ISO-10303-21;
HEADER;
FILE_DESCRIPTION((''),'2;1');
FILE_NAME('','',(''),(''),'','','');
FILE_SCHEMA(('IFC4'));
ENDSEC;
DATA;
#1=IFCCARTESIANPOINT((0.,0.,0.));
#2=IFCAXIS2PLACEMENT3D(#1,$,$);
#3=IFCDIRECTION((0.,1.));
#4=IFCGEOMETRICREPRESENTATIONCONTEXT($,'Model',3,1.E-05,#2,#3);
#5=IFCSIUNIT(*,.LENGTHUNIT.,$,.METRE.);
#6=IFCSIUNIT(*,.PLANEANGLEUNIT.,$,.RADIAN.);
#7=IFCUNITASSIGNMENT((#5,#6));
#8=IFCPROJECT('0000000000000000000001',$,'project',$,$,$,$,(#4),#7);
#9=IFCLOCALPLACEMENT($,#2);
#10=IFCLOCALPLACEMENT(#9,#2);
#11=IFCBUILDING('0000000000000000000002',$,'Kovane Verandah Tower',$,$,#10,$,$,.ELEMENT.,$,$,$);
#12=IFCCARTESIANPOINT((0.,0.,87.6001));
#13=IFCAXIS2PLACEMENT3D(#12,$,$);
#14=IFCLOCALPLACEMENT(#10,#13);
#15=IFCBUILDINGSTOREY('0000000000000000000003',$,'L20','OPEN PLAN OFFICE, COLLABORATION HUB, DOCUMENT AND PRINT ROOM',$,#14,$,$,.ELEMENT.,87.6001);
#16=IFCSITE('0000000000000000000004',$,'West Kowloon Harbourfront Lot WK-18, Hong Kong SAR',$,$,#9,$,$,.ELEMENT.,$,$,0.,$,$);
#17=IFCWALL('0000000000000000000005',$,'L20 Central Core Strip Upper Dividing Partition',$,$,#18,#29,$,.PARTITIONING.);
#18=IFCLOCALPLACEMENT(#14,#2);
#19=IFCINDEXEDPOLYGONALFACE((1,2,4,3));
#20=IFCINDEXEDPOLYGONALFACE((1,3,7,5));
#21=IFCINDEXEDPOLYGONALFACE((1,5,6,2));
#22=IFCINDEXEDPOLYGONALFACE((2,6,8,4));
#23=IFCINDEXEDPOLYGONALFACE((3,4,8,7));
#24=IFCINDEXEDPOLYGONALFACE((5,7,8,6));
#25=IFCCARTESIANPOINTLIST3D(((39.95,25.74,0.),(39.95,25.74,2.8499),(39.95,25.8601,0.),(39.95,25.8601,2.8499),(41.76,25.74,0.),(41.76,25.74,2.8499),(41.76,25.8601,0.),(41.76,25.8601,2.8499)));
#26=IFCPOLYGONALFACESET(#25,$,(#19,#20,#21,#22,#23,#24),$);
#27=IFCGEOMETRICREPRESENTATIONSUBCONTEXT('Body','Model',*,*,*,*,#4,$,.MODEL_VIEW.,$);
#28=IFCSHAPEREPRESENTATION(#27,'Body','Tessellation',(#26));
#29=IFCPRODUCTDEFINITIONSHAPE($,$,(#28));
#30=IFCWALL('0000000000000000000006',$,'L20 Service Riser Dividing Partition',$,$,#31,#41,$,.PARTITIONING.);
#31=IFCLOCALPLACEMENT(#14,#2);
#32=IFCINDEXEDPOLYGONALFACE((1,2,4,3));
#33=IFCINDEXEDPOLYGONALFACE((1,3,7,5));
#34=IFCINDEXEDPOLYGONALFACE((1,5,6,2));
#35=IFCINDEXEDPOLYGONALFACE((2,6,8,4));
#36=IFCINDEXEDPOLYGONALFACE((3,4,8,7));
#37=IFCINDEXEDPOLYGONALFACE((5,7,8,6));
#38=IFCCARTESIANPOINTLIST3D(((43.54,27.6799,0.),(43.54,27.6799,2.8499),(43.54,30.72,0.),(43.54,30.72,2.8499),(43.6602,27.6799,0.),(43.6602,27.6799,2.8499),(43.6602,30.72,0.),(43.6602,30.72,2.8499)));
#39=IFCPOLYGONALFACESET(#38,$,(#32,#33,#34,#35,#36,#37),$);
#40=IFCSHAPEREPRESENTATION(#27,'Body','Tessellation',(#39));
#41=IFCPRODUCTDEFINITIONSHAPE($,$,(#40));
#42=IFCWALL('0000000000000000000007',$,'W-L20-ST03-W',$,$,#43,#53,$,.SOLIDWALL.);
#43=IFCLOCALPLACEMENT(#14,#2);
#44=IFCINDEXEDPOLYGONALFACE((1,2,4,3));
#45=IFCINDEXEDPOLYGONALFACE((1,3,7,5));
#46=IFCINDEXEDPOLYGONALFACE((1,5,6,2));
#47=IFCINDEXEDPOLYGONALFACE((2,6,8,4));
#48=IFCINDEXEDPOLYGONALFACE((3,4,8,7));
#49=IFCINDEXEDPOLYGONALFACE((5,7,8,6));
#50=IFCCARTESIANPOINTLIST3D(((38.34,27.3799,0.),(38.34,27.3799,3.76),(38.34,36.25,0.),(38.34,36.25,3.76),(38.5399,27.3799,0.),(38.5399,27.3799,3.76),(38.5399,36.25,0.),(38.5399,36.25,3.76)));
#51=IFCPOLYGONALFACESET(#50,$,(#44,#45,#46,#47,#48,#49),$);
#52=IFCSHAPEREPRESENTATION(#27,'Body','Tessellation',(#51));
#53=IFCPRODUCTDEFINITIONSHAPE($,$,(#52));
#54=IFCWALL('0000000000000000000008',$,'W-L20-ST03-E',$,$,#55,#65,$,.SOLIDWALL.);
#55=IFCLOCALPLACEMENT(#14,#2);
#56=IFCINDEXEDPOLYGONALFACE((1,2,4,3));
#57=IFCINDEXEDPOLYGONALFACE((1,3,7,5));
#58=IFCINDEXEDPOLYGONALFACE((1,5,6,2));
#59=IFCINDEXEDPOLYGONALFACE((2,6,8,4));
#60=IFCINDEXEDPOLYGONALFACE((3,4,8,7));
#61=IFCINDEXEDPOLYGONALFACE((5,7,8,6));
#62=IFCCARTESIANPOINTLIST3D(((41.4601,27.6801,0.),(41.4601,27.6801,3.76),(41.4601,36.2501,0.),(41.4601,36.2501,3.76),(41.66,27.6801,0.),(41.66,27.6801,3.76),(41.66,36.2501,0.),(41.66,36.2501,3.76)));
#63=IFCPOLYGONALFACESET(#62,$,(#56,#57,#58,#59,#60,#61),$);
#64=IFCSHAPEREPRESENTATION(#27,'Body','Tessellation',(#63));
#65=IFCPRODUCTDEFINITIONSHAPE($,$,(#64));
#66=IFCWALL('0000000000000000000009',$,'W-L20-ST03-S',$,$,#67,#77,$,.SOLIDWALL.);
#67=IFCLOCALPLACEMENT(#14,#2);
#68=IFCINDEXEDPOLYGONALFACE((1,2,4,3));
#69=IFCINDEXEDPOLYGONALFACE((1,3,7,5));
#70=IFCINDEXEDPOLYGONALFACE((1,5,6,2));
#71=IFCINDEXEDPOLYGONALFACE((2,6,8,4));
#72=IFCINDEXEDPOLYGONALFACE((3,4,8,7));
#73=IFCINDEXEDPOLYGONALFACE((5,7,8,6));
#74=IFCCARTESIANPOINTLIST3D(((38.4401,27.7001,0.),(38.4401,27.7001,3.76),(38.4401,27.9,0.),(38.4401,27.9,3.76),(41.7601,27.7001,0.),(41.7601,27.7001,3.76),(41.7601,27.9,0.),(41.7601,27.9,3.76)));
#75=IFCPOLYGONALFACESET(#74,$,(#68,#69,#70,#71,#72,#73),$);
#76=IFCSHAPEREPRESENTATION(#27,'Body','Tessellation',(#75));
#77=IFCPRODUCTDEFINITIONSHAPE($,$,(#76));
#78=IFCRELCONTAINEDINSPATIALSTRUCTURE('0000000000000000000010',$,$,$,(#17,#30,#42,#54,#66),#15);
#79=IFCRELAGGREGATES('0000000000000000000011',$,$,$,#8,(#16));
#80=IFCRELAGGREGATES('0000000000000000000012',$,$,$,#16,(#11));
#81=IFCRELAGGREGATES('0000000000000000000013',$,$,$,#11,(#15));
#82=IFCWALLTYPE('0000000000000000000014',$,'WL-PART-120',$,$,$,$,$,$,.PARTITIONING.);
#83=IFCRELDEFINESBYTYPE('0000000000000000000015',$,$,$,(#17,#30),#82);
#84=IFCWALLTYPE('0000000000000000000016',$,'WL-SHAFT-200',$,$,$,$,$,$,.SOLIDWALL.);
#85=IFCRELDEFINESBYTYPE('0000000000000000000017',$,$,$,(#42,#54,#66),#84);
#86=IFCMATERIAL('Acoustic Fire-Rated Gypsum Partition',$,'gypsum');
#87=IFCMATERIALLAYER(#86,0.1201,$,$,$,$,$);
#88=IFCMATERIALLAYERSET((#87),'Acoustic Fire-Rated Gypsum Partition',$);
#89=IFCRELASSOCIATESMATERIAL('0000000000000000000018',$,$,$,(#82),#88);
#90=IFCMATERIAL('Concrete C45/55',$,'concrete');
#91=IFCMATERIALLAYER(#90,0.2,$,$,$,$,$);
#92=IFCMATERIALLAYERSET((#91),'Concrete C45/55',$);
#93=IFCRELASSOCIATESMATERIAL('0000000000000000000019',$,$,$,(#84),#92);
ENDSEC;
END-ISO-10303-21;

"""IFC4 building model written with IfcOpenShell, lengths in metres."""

from ifc_helpers import new_model, si_unit, direction, frame, frame_2d, origin, place, context, subcontext, project, spatial, rectangle, extrude, material, layer, layer_set, type_object, element, save


model = new_model("IFC4")

# Units and contexts
model_context = context("Model", 3, precision=1e-05, world=origin(), true_north=direction((0.0, 1.0)))
body_context = subcontext(model_context, "Body", "Model", "MODEL_VIEW")
ifc_project = project(units=[si_unit("LENGTHUNIT", "METRE"), si_unit("PLANEANGLEUNIT", "RADIAN")], contexts=[model_context])

# Site, building, storey
site_placement = place(None, origin())
site = spatial("IfcSite", under=ifc_project, at=site_placement, Name="West Kowloon Harbourfront Lot WK-18, Hong Kong SAR", CompositionType="ELEMENT", RefElevation=0.0)
building_placement = place(site_placement, origin())
building = spatial("IfcBuilding", under=site, at=building_placement, Name="Kovane Verandah Tower", CompositionType="ELEMENT")
storey_placement = place(building_placement, frame((0.0, 0.0, 87.6001)))
storey = spatial("IfcBuildingStorey", under=building, at=storey_placement, Name="L20", Description="OPEN PLAN OFFICE, COLLABORATION HUB, DOCUMENT AND PRINT ROOM", CompositionType="ELEMENT", Elevation=87.6001)

# Walls
ifc_material_1 = material(Name="Acoustic Fire-Rated Gypsum Partition", Category="gypsum")
ifc_layer_1 = layer(ifc_material_1, 0.1201)
ifc_layer_set_1 = layer_set([ifc_layer_1], Name="Acoustic Fire-Rated Gypsum Partition")
wall_type_1 = type_object("IfcWallType", Name="WL-PART-120", PredefinedType="PARTITIONING", material=ifc_layer_set_1)
wall_1_placement = place(storey_placement, frame((39.95, 25.8, 0.0), z_axis=(0.0, 0.0, 1.0), x_axis=(1.0, 0.0, 0.0)))
element("IfcWall", 1, at=wall_1_placement, inside=storey, type_object=wall_type_1, Name="L20 Central Core Strip Upper Dividing Partition", PredefinedType="PARTITIONING", context=body_context, shape_type="SweptSolid", body=[
    extrude(rectangle(XDim=1.8101, YDim=0.1201, at=frame_2d((0.905, 0.0))), origin(), (0.0, 0.0, 1.0), 2.8499),
])
wall_2_placement = place(storey_placement, frame((43.6001, 27.6799, 0.0), z_axis=(0.0, 0.0, 1.0), x_axis=(0.0, 1.0, 0.0)))
element("IfcWall", 2, at=wall_2_placement, inside=storey, type_object=wall_type_1, Name="L20 Service Riser Dividing Partition", PredefinedType="PARTITIONING", context=body_context, shape_type="SweptSolid", body=[
    extrude(rectangle(XDim=3.04, YDim=0.1201, at=frame_2d((1.52, 0.0))), origin(), (0.0, 0.0, 1.0), 2.8499),
])
ifc_material_2 = material(Name="Concrete C45/55", Category="concrete")
ifc_layer_2 = layer(ifc_material_2, 0.2)
ifc_layer_set_2 = layer_set([ifc_layer_2], Name="Concrete C45/55")
wall_type_2 = type_object("IfcWallType", Name="WL-SHAFT-200", PredefinedType="SOLIDWALL", material=ifc_layer_set_2)
wall_3_placement = place(storey_placement, frame((38.4399, 27.3799, 0.0), z_axis=(0.0, 0.0, 1.0), x_axis=(0.0, 1.0, 0.0)))
element("IfcWall", 3, at=wall_3_placement, inside=storey, type_object=wall_type_2, Name="W-L20-ST03-W", PredefinedType="SOLIDWALL", context=body_context, shape_type="SweptSolid", body=[
    extrude(rectangle(XDim=8.8701, YDim=0.2, at=frame_2d((4.4351, 0.0))), origin(), (0.0, 0.0, 1.0), 3.76),
])
wall_4_placement = place(storey_placement, frame((41.5601, 27.6799, 0.0), z_axis=(0.0, 0.0, 1.0), x_axis=(0.0, 1.0, 0.0)))
element("IfcWall", 4, at=wall_4_placement, inside=storey, type_object=wall_type_2, Name="W-L20-ST03-E", PredefinedType="SOLIDWALL", context=body_context, shape_type="SweptSolid", body=[
    extrude(rectangle(XDim=8.5701, YDim=0.2, at=frame_2d((4.2852, 0.0))), origin(), (0.0, 0.0, 1.0), 3.76),
])
wall_5_placement = place(storey_placement, frame((38.4399, 27.8, 0.0), z_axis=(0.0, 0.0, 1.0), x_axis=(1.0, 0.0, 0.0)))
element("IfcWall", 5, at=wall_5_placement, inside=storey, type_object=wall_type_2, Name="W-L20-ST03-S", PredefinedType="SOLIDWALL", context=body_context, shape_type="SweptSolid", body=[
    extrude(rectangle(XDim=3.3201, YDim=0.2, at=frame_2d((1.6602, 0.0))), origin(), (0.0, 0.0, 1.0), 3.76),
])

save(model, "model.ifc")
